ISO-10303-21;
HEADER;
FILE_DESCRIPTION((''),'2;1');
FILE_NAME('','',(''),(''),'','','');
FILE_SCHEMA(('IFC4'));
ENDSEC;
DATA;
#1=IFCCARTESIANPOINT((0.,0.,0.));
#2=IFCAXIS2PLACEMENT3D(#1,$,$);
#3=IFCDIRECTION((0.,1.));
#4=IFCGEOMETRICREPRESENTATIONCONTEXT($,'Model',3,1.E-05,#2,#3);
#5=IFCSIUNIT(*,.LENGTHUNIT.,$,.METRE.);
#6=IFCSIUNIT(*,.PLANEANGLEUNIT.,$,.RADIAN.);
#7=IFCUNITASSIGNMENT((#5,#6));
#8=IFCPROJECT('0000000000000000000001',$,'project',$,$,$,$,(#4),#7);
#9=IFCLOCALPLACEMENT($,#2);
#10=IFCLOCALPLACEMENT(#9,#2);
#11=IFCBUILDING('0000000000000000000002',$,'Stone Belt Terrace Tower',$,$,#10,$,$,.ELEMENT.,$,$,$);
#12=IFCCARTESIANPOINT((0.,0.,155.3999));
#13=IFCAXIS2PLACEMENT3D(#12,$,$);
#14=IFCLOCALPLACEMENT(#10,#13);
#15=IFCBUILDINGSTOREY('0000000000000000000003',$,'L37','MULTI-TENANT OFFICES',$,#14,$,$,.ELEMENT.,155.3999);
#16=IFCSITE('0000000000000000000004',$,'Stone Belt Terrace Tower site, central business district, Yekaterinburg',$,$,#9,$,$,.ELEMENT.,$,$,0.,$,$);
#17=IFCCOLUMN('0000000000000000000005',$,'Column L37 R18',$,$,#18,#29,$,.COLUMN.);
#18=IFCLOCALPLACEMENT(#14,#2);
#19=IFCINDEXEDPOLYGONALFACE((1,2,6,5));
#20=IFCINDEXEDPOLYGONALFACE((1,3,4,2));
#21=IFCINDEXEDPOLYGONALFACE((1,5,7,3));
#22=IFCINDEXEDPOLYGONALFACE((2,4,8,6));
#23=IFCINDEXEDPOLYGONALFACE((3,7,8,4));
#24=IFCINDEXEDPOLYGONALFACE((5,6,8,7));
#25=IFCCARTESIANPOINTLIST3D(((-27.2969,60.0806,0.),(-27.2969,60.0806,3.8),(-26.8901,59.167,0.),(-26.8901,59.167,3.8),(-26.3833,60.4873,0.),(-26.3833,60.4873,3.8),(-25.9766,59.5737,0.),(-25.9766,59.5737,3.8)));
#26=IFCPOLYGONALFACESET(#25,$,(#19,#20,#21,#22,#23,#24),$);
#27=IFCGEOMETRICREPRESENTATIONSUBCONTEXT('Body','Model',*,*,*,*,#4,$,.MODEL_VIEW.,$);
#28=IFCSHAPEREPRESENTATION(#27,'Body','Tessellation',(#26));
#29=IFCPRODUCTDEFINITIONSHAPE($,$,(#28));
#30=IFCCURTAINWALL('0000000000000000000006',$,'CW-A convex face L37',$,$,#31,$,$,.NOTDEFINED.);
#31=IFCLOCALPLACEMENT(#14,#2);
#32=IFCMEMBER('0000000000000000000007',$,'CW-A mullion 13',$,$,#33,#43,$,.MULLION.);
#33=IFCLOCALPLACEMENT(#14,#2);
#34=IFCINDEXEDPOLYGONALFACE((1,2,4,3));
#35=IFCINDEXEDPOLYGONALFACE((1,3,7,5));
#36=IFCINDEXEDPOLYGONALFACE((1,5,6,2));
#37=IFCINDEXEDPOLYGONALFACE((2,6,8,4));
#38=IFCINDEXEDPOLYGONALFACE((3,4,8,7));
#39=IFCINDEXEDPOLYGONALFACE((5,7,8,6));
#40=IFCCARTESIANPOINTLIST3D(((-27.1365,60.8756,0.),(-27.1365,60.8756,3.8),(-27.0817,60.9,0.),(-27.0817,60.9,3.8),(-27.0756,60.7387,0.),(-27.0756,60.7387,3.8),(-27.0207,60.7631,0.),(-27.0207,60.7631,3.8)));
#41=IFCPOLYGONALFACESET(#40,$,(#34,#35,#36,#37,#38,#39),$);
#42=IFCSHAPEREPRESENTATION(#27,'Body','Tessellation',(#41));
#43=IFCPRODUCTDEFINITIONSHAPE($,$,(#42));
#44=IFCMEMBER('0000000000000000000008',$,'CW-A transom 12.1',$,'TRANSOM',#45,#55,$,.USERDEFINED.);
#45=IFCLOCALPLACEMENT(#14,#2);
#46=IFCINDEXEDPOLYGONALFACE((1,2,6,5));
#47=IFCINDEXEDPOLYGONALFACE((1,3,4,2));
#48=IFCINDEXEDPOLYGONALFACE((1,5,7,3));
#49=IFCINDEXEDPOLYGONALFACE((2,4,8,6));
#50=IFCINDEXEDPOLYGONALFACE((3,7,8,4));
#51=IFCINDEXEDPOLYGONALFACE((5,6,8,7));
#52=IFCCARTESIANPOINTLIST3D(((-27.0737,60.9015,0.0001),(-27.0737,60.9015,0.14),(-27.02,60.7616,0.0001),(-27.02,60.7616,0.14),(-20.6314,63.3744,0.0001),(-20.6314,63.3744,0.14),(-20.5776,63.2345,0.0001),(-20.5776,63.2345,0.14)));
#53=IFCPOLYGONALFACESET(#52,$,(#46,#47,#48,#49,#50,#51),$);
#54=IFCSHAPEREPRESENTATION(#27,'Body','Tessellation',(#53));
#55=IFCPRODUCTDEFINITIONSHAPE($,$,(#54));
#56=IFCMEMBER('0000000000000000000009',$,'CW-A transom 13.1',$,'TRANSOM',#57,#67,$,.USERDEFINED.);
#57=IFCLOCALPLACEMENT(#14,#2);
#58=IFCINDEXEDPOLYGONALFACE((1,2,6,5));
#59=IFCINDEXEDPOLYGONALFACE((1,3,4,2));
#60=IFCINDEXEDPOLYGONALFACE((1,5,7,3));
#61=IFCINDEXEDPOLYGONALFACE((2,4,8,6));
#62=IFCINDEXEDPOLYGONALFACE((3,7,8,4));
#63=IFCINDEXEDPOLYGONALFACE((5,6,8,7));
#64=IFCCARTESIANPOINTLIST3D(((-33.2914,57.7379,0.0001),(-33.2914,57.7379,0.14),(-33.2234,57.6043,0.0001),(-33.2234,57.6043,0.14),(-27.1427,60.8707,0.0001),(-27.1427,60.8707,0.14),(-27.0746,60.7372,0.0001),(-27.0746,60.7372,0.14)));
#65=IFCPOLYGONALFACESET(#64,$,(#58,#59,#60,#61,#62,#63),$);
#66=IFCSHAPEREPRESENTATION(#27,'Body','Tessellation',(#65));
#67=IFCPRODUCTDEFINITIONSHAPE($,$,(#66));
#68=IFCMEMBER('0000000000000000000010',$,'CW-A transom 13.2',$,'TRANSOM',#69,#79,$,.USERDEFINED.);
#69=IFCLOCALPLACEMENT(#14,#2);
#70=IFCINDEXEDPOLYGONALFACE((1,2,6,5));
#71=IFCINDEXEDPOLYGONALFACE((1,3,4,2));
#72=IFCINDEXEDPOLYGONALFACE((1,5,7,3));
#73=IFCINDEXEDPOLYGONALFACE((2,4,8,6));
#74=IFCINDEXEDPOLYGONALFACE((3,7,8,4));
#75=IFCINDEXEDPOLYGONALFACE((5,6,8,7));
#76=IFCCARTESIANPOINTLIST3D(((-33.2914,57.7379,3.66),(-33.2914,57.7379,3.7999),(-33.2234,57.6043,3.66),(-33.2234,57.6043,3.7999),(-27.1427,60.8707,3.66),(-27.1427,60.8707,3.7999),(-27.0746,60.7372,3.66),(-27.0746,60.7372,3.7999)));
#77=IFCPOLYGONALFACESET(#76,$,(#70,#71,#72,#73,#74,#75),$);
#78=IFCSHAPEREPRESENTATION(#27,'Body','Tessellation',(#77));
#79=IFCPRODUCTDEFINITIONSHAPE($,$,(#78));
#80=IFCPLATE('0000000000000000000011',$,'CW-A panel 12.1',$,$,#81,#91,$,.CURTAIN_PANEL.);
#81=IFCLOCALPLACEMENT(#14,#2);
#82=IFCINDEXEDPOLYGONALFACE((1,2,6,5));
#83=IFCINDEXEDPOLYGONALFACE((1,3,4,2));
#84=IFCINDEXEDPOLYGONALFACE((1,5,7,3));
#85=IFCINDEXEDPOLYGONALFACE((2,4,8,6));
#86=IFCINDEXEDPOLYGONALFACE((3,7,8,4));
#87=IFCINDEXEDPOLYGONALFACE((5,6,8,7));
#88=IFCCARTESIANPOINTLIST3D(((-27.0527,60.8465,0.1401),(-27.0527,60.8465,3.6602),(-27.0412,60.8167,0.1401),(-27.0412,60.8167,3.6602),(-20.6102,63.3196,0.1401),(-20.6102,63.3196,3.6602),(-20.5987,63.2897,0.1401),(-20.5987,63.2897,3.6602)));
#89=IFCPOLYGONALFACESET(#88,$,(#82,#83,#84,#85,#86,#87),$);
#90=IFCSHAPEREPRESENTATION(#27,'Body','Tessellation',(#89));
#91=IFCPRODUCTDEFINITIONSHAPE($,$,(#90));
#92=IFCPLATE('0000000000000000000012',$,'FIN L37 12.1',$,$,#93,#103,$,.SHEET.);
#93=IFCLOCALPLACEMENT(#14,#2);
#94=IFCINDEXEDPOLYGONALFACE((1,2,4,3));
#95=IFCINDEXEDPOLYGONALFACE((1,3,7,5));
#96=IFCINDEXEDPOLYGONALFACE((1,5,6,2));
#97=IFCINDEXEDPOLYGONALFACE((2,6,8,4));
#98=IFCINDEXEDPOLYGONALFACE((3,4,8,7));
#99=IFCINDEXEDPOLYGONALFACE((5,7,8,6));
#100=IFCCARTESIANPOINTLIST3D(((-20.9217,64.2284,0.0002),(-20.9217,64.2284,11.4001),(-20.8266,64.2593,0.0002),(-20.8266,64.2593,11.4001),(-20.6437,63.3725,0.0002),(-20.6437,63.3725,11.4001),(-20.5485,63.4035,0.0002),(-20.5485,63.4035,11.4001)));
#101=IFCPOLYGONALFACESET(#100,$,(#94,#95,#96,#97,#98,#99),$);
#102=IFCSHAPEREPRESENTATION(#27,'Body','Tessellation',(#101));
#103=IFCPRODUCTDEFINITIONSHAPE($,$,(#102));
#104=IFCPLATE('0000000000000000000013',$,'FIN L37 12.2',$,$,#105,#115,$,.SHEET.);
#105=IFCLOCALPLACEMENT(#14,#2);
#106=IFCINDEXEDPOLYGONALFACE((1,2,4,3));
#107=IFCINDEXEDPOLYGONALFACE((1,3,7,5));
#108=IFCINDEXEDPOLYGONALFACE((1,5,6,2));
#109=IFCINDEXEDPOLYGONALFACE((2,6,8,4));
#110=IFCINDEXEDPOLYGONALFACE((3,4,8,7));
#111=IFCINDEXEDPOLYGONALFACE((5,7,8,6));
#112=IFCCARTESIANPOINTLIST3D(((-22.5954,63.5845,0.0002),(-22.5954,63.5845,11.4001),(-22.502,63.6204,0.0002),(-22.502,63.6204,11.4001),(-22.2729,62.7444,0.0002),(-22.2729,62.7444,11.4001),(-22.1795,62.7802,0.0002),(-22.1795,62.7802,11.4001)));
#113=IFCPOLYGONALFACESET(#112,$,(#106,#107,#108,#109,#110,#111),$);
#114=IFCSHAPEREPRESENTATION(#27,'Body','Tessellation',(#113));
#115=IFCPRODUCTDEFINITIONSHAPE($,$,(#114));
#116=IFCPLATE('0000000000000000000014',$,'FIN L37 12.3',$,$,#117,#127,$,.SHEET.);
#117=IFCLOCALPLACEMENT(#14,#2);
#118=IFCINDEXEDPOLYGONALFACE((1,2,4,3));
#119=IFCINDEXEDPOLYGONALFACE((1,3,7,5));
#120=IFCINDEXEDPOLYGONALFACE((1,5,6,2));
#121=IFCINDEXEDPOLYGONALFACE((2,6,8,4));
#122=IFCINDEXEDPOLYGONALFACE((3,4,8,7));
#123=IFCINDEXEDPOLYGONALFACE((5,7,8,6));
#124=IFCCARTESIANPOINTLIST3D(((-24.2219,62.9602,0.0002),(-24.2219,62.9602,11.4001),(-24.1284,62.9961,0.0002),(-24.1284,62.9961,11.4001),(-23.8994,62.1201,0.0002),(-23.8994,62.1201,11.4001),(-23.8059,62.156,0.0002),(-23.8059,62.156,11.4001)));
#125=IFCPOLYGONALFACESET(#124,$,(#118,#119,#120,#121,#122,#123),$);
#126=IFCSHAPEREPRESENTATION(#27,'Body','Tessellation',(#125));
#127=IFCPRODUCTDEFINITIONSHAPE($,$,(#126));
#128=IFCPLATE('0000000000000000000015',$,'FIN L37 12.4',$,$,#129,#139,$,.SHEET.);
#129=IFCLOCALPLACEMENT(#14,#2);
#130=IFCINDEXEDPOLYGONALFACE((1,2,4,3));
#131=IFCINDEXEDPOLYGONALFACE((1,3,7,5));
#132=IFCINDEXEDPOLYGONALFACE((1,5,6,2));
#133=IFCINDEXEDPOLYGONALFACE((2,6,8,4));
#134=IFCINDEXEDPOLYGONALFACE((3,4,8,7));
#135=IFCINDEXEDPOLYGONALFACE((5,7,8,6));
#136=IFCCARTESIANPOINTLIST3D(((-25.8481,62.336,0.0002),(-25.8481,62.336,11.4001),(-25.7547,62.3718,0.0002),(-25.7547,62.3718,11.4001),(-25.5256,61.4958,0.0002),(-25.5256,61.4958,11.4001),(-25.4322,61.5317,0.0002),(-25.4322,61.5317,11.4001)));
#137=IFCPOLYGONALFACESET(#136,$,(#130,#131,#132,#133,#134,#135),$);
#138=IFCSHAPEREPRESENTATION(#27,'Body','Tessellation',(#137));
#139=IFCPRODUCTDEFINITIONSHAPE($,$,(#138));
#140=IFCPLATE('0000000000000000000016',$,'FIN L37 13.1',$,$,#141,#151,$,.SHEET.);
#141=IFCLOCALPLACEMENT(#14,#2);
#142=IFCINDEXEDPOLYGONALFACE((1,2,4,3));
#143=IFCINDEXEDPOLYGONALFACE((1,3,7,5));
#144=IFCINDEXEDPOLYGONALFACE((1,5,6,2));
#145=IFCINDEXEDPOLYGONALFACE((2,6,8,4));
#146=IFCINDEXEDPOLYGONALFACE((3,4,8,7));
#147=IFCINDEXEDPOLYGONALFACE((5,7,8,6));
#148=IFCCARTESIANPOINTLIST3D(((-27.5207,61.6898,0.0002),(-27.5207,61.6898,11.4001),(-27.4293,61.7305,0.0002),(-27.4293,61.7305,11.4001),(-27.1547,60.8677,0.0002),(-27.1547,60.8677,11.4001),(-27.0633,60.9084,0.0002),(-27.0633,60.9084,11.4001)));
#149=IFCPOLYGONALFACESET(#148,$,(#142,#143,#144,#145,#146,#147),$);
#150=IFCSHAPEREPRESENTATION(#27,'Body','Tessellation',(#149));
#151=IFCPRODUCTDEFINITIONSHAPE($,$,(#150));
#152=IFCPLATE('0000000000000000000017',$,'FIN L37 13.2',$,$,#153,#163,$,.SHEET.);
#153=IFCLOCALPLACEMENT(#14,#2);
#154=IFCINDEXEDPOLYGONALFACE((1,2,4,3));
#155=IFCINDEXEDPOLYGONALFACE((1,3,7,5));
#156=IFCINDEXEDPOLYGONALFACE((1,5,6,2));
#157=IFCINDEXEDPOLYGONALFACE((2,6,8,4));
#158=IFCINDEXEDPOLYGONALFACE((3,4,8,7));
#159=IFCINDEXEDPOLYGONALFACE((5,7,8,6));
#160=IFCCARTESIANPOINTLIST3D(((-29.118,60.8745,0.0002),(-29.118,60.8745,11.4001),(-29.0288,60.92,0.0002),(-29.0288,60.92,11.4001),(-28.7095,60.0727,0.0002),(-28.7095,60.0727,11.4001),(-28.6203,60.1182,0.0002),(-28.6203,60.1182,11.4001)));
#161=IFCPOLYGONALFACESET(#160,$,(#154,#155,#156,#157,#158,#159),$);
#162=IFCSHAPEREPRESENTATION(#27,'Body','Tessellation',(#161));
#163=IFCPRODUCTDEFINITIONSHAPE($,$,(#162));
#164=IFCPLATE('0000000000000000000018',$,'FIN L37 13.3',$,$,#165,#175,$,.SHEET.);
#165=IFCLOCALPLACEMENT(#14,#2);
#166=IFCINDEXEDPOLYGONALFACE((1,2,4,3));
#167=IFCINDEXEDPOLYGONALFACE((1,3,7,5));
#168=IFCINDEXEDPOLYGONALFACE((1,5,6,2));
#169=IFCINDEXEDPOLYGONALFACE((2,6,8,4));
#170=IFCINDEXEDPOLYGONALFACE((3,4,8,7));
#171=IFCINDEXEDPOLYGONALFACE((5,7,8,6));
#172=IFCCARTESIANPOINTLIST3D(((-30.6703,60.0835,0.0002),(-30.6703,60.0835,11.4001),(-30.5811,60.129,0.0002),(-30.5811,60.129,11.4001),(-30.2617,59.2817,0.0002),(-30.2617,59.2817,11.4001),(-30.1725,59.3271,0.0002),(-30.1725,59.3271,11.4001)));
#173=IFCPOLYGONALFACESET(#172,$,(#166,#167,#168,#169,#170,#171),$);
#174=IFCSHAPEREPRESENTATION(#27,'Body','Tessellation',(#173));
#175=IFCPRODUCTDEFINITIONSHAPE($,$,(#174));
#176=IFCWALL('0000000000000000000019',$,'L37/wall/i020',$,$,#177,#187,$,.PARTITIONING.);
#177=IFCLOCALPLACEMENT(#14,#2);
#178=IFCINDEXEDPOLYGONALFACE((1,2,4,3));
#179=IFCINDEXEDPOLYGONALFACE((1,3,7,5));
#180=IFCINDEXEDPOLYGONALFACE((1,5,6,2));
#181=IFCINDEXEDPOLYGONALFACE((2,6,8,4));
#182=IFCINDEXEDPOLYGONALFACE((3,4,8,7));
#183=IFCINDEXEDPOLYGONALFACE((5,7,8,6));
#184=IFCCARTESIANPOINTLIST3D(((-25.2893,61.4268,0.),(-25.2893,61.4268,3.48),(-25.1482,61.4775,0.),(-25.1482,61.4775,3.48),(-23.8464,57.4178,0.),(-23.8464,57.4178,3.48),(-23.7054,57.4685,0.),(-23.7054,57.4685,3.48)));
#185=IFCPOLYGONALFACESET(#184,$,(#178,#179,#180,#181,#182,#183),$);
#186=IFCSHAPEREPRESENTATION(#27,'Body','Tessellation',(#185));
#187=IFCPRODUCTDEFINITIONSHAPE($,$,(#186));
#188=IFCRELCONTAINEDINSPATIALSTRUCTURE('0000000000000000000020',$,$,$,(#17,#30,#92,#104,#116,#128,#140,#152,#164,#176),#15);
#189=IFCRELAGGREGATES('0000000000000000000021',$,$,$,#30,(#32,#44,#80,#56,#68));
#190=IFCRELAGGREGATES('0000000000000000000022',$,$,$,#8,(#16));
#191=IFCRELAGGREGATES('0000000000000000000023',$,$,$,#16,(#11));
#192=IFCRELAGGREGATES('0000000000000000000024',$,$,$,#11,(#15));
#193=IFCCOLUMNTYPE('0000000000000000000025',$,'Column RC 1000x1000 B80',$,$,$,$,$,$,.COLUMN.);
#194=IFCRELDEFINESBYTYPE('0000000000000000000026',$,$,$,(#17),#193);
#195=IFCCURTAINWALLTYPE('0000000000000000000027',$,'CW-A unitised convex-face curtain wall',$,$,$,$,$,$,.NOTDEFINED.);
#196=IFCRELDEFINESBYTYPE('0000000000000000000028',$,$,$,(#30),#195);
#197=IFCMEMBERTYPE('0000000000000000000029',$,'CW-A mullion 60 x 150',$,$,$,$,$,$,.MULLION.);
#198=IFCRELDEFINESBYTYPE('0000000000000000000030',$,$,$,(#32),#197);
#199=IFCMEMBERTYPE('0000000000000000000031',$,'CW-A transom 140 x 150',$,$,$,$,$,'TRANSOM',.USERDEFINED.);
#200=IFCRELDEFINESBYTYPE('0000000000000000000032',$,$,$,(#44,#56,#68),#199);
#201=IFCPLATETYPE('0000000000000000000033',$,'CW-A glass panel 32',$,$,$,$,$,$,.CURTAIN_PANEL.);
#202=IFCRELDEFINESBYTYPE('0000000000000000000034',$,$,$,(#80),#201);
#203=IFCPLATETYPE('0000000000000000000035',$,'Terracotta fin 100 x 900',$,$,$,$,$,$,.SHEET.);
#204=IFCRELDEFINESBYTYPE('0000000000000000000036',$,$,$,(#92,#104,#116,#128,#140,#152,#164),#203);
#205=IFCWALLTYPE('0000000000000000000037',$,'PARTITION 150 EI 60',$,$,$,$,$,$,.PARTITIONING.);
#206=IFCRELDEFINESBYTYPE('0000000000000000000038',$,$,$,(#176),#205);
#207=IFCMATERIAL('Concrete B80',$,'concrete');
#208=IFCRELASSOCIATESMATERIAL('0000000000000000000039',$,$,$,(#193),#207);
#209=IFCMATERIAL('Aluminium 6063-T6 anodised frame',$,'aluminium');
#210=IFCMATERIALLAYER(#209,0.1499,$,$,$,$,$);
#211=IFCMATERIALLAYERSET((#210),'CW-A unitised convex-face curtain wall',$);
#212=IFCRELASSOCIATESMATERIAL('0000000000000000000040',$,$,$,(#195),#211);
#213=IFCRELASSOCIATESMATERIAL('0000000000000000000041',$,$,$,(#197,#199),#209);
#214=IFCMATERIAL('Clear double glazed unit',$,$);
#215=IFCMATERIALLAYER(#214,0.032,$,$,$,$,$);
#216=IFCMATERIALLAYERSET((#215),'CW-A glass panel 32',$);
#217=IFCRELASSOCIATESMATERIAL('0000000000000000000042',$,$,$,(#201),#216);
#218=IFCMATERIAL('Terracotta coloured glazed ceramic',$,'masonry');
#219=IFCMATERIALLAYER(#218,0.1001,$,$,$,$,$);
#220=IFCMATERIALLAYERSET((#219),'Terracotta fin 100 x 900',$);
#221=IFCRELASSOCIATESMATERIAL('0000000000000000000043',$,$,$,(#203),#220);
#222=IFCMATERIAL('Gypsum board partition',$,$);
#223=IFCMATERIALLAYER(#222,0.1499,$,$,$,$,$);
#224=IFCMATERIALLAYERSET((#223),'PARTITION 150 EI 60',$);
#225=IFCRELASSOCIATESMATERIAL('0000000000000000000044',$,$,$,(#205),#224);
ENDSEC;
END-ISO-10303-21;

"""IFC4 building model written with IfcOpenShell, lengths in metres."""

from ifc_helpers import new_model, si_unit, direction, frame, frame_2d, origin, origin_2d, place, context, subcontext, project, spatial, rectangle, extrude, material, layer, layer_set, material_profile, profile_set, type_object, element, aggregate, save


model = new_model("IFC4")

# Units and contexts
model_context = context("Model", 3, precision=1e-05, world=origin(), true_north=direction((0.0, 1.0)))
body_context = subcontext(model_context, "Body", "Model", "MODEL_VIEW")
ifc_project = project(units=[si_unit("LENGTHUNIT", "METRE"), si_unit("PLANEANGLEUNIT", "RADIAN")], contexts=[model_context])

# Site, building, storey
site_placement = place(None, origin())
site = spatial("IfcSite", under=ifc_project, at=site_placement, Name="Stone Belt Terrace Tower site, central business district, Yekaterinburg", CompositionType="ELEMENT", RefElevation=0.0)
building_placement = place(site_placement, origin())
building = spatial("IfcBuilding", under=site, at=building_placement, Name="Stone Belt Terrace Tower", CompositionType="ELEMENT")
storey_placement = place(building_placement, frame((0.0, 0.0, 155.3999)))
storey = spatial("IfcBuildingStorey", under=building, at=storey_placement, Name="L37", Description="MULTI-TENANT OFFICES", CompositionType="ELEMENT", Elevation=155.3999)

# Column
ifc_material_1 = material(Name="Concrete B80", Category="concrete")
ifc_material_profile_1 = material_profile(ifc_material_1, rectangle(XDim=1.0, YDim=1.0, at=origin_2d()), Name="RC 1000x1000")
ifc_profile_set_1 = profile_set([ifc_material_profile_1], Name="Concrete B80")
column_type = type_object("IfcColumnType", Name="Column RC 1000x1000 B80", PredefinedType="COLUMN", material=ifc_profile_set_1)
column_placement = place(storey_placement, frame((-26.6367, 59.8271, 0.0), z_axis=(0.0, 0.0, 1.0), x_axis=(0.913545, 0.406737, 0.0)))
element("IfcColumn", 1, at=column_placement, inside=storey, type_object=column_type, Name="Column L37 R18", PredefinedType="COLUMN", context=body_context, shape_type="SweptSolid", body=[
    extrude(rectangle(XDim=1.0, YDim=1.0, at=origin_2d()), origin(), (0.0, 0.0, 1.0), 3.8),
])

# Curtain wall, members, plate
ifc_material_2 = material(Name="Aluminium 6063-T6 anodised frame", Category="aluminium")
ifc_layer_1 = layer(ifc_material_2, 0.1499)
ifc_layer_set_1 = layer_set([ifc_layer_1], Name="CW-A unitised convex-face curtain wall")
curtain_wall_type = type_object("IfcCurtainWallType", Name="CW-A unitised convex-face curtain wall", PredefinedType="NOTDEFINED", material=ifc_layer_set_1)
curtain_wall_placement = place(storey_placement, origin())
curtain_wall = element("IfcCurtainWall", 2, at=curtain_wall_placement, inside=storey, type_object=curtain_wall_type, Name="CW-A convex face L37", PredefinedType="NOTDEFINED")
ifc_material_profile_2 = material_profile(ifc_material_2, rectangle(XDim=0.1499, YDim=0.0601, at=origin_2d()), Name="Aluminium 6063-T6 60x150")
ifc_profile_set_2 = profile_set([ifc_material_profile_2], Name="Aluminium 6063-T6 anodised frame")
member_type_1 = type_object("IfcMemberType", Name="CW-A mullion 60 x 150", PredefinedType="MULLION", material=ifc_profile_set_2)
member_1_placement = place(storey_placement, frame((-27.0786, 60.8193, 0.0), z_axis=(0.0, 0.0, 1.0), x_axis=(0.406737, -0.913545, 0.0)))
member_1 = element("IfcMember", 3, at=member_1_placement, type_object=member_type_1, Name="CW-A mullion 13", PredefinedType="MULLION", context=body_context, shape_type="SweptSolid", body=[
    extrude(rectangle(XDim=0.1499, YDim=0.0601, at=origin_2d()), origin(), (0.0, 0.0, 1.0), 3.8),
])
ifc_material_profile_3 = material_profile(ifc_material_2, rectangle(XDim=0.1499, YDim=0.1399, at=origin_2d()), Name="Aluminium 6063-T6 150x140")
ifc_profile_set_3 = profile_set([ifc_material_profile_3], Name="Aluminium 6063-T6 anodised frame")
member_type_2 = type_object("IfcMemberType", Name="CW-A transom 140 x 150", ElementType="TRANSOM", PredefinedType="USERDEFINED", material=ifc_profile_set_3)
member_2_placement = place(storey_placement, frame((-20.6045, 63.3044, 0.0701), z_axis=(-0.933585, -0.358355, 0.0), x_axis=(0.358355, -0.933585, 0.0)))
member_2 = element("IfcMember", 4, at=member_2_placement, type_object=member_type_2, Name="CW-A transom 12.1", ObjectType="TRANSOM", PredefinedType="USERDEFINED", context=body_context, shape_type="SweptSolid", body=[
    extrude(rectangle(XDim=0.1499, YDim=0.1399, at=origin_2d()), origin(), (0.0, 0.0, 1.0), 6.9006),
])
member_3_placement = place(storey_placement, frame((-27.1086, 60.804, 0.0701), z_axis=(-0.891012, -0.453979, 0.0), x_axis=(0.453979, -0.891012, 0.0)))
member_3 = element("IfcMember", 5, at=member_3_placement, type_object=member_type_2, Name="CW-A transom 13.1", ObjectType="TRANSOM", PredefinedType="USERDEFINED", context=body_context, shape_type="SweptSolid", body=[
    extrude(rectangle(XDim=0.1499, YDim=0.1399, at=origin_2d()), origin(), (0.0, 0.0, 1.0), 6.9009),
])
member_4_placement = place(storey_placement, frame((-27.1086, 60.804, 3.73), z_axis=(-0.891012, -0.453979, 0.0), x_axis=(0.453979, -0.891012, 0.0)))
member_4 = element("IfcMember", 6, at=member_4_placement, type_object=member_type_2, Name="CW-A transom 13.2", ObjectType="TRANSOM", PredefinedType="USERDEFINED", context=body_context, shape_type="SweptSolid", body=[
    extrude(rectangle(XDim=0.1499, YDim=0.1399, at=origin_2d()), origin(), (0.0, 0.0, 1.0), 6.9009),
])
ifc_material_3 = material(Name="Clear double glazed unit")
ifc_layer_2 = layer(ifc_material_3, 0.032)
ifc_layer_set_2 = layer_set([ifc_layer_2], Name="CW-A glass panel 32")
plate_type_1 = type_object("IfcPlateType", Name="CW-A glass panel 32", PredefinedType="CURTAIN_PANEL", material=ifc_layer_set_2)
plate_placement = place(storey_placement, frame((-23.8257, 62.0681, 0.1401), z_axis=(0.0, 0.0, 1.0), x_axis=(-0.93358, -0.358368, 0.0)))
plate = element("IfcPlate", 7, at=plate_placement, type_object=plate_type_1, Name="CW-A panel 12.1", PredefinedType="CURTAIN_PANEL", context=body_context, shape_type="SweptSolid", body=[
    extrude(rectangle(XDim=6.9009, YDim=0.032, at=origin_2d()), origin(), (0.0, 0.0, 1.0), 3.52),
])
aggregate(curtain_wall, [member_1, member_2, plate, member_3, member_4])

# Plates
ifc_material_4 = material(Name="Terracotta coloured glazed ceramic", Category="masonry")
ifc_layer_3 = layer(ifc_material_4, 0.1001)
ifc_layer_set_3 = layer_set([ifc_layer_3], Name="Terracotta fin 100 x 900")
plate_type_2 = type_object("IfcPlateType", Name="Terracotta fin 100 x 900", PredefinedType="SHEET", material=ifc_layer_set_3)
for number, where, z_axis, x_axis, name in (
    (8, (-20.7351, 63.8159, 0.0002), (0.0, 0.0, 1.0), (-0.309017, 0.951057, 0.0), "FIN L37 12.1"),
    (9, (-22.3875, 63.1824, 0.0002), (0.0, 0.0, 1.0), (-0.358368, 0.93358, 0.0), "FIN L37 12.2"),
    (10, (-24.0139, 62.5581, 0.0002), (0.0, 0.0, 1.0), (-0.358368, 0.93358, 0.0), "FIN L37 12.3"),
    (11, (-25.6401, 61.9338, 0.0002), (0.0, 0.0, 1.0), (-0.358368, 0.93358, 0.0), "FIN L37 12.4"),
    (12, (-27.292, 61.2991, 0.0002), (0.0, 0.0, 1.0), (-0.406737, 0.913545, 0.0), "FIN L37 13.1"),
    (13, (-28.8691, 60.4963, 0.0002), (0.0, 0.0, 1.0), (-0.45399, 0.891007, 0.0), "FIN L37 13.2"),
    (14, (-30.4214, 59.7053, 0.0002), (0.0, 0.0, 1.0), (-0.45399, 0.891007, 0.0), "FIN L37 13.3"),
):
    element("IfcPlate", number, at=place(storey_placement, frame(where, z_axis=z_axis, x_axis=x_axis)), inside=storey, type_object=plate_type_2, Name=name, PredefinedType="SHEET", context=body_context, shape_type="SweptSolid", body=[
        extrude(rectangle(XDim=0.8999, YDim=0.1001, at=origin_2d()), origin(), (0.0, 0.0, 1.0), 11.3999),
    ])

# Wall
ifc_material_5 = material(Name="Gypsum board partition")
ifc_layer_4 = layer(ifc_material_5, 0.1499)
ifc_layer_set_4 = layer_set([ifc_layer_4], Name="PARTITION 150 EI 60")
wall_type = type_object("IfcWallType", Name="PARTITION 150 EI 60", PredefinedType="PARTITIONING", material=ifc_layer_set_4)
wall_placement = place(storey_placement, frame((-25.2188, 61.4521, 0.0), z_axis=(0.0, 0.0, 1.0), x_axis=(0.33864, -0.940916, 0.0)))
element("IfcWall", 15, at=wall_placement, inside=storey, type_object=wall_type, Name="L37/wall/i020", PredefinedType="PARTITIONING", context=body_context, shape_type="SweptSolid", body=[
    extrude(rectangle(XDim=4.2607, YDim=0.1499, at=frame_2d((2.1304, 0.0))), origin(), (0.0, 0.0, 1.0), 3.48),
])

save(model, "model.ifc")
